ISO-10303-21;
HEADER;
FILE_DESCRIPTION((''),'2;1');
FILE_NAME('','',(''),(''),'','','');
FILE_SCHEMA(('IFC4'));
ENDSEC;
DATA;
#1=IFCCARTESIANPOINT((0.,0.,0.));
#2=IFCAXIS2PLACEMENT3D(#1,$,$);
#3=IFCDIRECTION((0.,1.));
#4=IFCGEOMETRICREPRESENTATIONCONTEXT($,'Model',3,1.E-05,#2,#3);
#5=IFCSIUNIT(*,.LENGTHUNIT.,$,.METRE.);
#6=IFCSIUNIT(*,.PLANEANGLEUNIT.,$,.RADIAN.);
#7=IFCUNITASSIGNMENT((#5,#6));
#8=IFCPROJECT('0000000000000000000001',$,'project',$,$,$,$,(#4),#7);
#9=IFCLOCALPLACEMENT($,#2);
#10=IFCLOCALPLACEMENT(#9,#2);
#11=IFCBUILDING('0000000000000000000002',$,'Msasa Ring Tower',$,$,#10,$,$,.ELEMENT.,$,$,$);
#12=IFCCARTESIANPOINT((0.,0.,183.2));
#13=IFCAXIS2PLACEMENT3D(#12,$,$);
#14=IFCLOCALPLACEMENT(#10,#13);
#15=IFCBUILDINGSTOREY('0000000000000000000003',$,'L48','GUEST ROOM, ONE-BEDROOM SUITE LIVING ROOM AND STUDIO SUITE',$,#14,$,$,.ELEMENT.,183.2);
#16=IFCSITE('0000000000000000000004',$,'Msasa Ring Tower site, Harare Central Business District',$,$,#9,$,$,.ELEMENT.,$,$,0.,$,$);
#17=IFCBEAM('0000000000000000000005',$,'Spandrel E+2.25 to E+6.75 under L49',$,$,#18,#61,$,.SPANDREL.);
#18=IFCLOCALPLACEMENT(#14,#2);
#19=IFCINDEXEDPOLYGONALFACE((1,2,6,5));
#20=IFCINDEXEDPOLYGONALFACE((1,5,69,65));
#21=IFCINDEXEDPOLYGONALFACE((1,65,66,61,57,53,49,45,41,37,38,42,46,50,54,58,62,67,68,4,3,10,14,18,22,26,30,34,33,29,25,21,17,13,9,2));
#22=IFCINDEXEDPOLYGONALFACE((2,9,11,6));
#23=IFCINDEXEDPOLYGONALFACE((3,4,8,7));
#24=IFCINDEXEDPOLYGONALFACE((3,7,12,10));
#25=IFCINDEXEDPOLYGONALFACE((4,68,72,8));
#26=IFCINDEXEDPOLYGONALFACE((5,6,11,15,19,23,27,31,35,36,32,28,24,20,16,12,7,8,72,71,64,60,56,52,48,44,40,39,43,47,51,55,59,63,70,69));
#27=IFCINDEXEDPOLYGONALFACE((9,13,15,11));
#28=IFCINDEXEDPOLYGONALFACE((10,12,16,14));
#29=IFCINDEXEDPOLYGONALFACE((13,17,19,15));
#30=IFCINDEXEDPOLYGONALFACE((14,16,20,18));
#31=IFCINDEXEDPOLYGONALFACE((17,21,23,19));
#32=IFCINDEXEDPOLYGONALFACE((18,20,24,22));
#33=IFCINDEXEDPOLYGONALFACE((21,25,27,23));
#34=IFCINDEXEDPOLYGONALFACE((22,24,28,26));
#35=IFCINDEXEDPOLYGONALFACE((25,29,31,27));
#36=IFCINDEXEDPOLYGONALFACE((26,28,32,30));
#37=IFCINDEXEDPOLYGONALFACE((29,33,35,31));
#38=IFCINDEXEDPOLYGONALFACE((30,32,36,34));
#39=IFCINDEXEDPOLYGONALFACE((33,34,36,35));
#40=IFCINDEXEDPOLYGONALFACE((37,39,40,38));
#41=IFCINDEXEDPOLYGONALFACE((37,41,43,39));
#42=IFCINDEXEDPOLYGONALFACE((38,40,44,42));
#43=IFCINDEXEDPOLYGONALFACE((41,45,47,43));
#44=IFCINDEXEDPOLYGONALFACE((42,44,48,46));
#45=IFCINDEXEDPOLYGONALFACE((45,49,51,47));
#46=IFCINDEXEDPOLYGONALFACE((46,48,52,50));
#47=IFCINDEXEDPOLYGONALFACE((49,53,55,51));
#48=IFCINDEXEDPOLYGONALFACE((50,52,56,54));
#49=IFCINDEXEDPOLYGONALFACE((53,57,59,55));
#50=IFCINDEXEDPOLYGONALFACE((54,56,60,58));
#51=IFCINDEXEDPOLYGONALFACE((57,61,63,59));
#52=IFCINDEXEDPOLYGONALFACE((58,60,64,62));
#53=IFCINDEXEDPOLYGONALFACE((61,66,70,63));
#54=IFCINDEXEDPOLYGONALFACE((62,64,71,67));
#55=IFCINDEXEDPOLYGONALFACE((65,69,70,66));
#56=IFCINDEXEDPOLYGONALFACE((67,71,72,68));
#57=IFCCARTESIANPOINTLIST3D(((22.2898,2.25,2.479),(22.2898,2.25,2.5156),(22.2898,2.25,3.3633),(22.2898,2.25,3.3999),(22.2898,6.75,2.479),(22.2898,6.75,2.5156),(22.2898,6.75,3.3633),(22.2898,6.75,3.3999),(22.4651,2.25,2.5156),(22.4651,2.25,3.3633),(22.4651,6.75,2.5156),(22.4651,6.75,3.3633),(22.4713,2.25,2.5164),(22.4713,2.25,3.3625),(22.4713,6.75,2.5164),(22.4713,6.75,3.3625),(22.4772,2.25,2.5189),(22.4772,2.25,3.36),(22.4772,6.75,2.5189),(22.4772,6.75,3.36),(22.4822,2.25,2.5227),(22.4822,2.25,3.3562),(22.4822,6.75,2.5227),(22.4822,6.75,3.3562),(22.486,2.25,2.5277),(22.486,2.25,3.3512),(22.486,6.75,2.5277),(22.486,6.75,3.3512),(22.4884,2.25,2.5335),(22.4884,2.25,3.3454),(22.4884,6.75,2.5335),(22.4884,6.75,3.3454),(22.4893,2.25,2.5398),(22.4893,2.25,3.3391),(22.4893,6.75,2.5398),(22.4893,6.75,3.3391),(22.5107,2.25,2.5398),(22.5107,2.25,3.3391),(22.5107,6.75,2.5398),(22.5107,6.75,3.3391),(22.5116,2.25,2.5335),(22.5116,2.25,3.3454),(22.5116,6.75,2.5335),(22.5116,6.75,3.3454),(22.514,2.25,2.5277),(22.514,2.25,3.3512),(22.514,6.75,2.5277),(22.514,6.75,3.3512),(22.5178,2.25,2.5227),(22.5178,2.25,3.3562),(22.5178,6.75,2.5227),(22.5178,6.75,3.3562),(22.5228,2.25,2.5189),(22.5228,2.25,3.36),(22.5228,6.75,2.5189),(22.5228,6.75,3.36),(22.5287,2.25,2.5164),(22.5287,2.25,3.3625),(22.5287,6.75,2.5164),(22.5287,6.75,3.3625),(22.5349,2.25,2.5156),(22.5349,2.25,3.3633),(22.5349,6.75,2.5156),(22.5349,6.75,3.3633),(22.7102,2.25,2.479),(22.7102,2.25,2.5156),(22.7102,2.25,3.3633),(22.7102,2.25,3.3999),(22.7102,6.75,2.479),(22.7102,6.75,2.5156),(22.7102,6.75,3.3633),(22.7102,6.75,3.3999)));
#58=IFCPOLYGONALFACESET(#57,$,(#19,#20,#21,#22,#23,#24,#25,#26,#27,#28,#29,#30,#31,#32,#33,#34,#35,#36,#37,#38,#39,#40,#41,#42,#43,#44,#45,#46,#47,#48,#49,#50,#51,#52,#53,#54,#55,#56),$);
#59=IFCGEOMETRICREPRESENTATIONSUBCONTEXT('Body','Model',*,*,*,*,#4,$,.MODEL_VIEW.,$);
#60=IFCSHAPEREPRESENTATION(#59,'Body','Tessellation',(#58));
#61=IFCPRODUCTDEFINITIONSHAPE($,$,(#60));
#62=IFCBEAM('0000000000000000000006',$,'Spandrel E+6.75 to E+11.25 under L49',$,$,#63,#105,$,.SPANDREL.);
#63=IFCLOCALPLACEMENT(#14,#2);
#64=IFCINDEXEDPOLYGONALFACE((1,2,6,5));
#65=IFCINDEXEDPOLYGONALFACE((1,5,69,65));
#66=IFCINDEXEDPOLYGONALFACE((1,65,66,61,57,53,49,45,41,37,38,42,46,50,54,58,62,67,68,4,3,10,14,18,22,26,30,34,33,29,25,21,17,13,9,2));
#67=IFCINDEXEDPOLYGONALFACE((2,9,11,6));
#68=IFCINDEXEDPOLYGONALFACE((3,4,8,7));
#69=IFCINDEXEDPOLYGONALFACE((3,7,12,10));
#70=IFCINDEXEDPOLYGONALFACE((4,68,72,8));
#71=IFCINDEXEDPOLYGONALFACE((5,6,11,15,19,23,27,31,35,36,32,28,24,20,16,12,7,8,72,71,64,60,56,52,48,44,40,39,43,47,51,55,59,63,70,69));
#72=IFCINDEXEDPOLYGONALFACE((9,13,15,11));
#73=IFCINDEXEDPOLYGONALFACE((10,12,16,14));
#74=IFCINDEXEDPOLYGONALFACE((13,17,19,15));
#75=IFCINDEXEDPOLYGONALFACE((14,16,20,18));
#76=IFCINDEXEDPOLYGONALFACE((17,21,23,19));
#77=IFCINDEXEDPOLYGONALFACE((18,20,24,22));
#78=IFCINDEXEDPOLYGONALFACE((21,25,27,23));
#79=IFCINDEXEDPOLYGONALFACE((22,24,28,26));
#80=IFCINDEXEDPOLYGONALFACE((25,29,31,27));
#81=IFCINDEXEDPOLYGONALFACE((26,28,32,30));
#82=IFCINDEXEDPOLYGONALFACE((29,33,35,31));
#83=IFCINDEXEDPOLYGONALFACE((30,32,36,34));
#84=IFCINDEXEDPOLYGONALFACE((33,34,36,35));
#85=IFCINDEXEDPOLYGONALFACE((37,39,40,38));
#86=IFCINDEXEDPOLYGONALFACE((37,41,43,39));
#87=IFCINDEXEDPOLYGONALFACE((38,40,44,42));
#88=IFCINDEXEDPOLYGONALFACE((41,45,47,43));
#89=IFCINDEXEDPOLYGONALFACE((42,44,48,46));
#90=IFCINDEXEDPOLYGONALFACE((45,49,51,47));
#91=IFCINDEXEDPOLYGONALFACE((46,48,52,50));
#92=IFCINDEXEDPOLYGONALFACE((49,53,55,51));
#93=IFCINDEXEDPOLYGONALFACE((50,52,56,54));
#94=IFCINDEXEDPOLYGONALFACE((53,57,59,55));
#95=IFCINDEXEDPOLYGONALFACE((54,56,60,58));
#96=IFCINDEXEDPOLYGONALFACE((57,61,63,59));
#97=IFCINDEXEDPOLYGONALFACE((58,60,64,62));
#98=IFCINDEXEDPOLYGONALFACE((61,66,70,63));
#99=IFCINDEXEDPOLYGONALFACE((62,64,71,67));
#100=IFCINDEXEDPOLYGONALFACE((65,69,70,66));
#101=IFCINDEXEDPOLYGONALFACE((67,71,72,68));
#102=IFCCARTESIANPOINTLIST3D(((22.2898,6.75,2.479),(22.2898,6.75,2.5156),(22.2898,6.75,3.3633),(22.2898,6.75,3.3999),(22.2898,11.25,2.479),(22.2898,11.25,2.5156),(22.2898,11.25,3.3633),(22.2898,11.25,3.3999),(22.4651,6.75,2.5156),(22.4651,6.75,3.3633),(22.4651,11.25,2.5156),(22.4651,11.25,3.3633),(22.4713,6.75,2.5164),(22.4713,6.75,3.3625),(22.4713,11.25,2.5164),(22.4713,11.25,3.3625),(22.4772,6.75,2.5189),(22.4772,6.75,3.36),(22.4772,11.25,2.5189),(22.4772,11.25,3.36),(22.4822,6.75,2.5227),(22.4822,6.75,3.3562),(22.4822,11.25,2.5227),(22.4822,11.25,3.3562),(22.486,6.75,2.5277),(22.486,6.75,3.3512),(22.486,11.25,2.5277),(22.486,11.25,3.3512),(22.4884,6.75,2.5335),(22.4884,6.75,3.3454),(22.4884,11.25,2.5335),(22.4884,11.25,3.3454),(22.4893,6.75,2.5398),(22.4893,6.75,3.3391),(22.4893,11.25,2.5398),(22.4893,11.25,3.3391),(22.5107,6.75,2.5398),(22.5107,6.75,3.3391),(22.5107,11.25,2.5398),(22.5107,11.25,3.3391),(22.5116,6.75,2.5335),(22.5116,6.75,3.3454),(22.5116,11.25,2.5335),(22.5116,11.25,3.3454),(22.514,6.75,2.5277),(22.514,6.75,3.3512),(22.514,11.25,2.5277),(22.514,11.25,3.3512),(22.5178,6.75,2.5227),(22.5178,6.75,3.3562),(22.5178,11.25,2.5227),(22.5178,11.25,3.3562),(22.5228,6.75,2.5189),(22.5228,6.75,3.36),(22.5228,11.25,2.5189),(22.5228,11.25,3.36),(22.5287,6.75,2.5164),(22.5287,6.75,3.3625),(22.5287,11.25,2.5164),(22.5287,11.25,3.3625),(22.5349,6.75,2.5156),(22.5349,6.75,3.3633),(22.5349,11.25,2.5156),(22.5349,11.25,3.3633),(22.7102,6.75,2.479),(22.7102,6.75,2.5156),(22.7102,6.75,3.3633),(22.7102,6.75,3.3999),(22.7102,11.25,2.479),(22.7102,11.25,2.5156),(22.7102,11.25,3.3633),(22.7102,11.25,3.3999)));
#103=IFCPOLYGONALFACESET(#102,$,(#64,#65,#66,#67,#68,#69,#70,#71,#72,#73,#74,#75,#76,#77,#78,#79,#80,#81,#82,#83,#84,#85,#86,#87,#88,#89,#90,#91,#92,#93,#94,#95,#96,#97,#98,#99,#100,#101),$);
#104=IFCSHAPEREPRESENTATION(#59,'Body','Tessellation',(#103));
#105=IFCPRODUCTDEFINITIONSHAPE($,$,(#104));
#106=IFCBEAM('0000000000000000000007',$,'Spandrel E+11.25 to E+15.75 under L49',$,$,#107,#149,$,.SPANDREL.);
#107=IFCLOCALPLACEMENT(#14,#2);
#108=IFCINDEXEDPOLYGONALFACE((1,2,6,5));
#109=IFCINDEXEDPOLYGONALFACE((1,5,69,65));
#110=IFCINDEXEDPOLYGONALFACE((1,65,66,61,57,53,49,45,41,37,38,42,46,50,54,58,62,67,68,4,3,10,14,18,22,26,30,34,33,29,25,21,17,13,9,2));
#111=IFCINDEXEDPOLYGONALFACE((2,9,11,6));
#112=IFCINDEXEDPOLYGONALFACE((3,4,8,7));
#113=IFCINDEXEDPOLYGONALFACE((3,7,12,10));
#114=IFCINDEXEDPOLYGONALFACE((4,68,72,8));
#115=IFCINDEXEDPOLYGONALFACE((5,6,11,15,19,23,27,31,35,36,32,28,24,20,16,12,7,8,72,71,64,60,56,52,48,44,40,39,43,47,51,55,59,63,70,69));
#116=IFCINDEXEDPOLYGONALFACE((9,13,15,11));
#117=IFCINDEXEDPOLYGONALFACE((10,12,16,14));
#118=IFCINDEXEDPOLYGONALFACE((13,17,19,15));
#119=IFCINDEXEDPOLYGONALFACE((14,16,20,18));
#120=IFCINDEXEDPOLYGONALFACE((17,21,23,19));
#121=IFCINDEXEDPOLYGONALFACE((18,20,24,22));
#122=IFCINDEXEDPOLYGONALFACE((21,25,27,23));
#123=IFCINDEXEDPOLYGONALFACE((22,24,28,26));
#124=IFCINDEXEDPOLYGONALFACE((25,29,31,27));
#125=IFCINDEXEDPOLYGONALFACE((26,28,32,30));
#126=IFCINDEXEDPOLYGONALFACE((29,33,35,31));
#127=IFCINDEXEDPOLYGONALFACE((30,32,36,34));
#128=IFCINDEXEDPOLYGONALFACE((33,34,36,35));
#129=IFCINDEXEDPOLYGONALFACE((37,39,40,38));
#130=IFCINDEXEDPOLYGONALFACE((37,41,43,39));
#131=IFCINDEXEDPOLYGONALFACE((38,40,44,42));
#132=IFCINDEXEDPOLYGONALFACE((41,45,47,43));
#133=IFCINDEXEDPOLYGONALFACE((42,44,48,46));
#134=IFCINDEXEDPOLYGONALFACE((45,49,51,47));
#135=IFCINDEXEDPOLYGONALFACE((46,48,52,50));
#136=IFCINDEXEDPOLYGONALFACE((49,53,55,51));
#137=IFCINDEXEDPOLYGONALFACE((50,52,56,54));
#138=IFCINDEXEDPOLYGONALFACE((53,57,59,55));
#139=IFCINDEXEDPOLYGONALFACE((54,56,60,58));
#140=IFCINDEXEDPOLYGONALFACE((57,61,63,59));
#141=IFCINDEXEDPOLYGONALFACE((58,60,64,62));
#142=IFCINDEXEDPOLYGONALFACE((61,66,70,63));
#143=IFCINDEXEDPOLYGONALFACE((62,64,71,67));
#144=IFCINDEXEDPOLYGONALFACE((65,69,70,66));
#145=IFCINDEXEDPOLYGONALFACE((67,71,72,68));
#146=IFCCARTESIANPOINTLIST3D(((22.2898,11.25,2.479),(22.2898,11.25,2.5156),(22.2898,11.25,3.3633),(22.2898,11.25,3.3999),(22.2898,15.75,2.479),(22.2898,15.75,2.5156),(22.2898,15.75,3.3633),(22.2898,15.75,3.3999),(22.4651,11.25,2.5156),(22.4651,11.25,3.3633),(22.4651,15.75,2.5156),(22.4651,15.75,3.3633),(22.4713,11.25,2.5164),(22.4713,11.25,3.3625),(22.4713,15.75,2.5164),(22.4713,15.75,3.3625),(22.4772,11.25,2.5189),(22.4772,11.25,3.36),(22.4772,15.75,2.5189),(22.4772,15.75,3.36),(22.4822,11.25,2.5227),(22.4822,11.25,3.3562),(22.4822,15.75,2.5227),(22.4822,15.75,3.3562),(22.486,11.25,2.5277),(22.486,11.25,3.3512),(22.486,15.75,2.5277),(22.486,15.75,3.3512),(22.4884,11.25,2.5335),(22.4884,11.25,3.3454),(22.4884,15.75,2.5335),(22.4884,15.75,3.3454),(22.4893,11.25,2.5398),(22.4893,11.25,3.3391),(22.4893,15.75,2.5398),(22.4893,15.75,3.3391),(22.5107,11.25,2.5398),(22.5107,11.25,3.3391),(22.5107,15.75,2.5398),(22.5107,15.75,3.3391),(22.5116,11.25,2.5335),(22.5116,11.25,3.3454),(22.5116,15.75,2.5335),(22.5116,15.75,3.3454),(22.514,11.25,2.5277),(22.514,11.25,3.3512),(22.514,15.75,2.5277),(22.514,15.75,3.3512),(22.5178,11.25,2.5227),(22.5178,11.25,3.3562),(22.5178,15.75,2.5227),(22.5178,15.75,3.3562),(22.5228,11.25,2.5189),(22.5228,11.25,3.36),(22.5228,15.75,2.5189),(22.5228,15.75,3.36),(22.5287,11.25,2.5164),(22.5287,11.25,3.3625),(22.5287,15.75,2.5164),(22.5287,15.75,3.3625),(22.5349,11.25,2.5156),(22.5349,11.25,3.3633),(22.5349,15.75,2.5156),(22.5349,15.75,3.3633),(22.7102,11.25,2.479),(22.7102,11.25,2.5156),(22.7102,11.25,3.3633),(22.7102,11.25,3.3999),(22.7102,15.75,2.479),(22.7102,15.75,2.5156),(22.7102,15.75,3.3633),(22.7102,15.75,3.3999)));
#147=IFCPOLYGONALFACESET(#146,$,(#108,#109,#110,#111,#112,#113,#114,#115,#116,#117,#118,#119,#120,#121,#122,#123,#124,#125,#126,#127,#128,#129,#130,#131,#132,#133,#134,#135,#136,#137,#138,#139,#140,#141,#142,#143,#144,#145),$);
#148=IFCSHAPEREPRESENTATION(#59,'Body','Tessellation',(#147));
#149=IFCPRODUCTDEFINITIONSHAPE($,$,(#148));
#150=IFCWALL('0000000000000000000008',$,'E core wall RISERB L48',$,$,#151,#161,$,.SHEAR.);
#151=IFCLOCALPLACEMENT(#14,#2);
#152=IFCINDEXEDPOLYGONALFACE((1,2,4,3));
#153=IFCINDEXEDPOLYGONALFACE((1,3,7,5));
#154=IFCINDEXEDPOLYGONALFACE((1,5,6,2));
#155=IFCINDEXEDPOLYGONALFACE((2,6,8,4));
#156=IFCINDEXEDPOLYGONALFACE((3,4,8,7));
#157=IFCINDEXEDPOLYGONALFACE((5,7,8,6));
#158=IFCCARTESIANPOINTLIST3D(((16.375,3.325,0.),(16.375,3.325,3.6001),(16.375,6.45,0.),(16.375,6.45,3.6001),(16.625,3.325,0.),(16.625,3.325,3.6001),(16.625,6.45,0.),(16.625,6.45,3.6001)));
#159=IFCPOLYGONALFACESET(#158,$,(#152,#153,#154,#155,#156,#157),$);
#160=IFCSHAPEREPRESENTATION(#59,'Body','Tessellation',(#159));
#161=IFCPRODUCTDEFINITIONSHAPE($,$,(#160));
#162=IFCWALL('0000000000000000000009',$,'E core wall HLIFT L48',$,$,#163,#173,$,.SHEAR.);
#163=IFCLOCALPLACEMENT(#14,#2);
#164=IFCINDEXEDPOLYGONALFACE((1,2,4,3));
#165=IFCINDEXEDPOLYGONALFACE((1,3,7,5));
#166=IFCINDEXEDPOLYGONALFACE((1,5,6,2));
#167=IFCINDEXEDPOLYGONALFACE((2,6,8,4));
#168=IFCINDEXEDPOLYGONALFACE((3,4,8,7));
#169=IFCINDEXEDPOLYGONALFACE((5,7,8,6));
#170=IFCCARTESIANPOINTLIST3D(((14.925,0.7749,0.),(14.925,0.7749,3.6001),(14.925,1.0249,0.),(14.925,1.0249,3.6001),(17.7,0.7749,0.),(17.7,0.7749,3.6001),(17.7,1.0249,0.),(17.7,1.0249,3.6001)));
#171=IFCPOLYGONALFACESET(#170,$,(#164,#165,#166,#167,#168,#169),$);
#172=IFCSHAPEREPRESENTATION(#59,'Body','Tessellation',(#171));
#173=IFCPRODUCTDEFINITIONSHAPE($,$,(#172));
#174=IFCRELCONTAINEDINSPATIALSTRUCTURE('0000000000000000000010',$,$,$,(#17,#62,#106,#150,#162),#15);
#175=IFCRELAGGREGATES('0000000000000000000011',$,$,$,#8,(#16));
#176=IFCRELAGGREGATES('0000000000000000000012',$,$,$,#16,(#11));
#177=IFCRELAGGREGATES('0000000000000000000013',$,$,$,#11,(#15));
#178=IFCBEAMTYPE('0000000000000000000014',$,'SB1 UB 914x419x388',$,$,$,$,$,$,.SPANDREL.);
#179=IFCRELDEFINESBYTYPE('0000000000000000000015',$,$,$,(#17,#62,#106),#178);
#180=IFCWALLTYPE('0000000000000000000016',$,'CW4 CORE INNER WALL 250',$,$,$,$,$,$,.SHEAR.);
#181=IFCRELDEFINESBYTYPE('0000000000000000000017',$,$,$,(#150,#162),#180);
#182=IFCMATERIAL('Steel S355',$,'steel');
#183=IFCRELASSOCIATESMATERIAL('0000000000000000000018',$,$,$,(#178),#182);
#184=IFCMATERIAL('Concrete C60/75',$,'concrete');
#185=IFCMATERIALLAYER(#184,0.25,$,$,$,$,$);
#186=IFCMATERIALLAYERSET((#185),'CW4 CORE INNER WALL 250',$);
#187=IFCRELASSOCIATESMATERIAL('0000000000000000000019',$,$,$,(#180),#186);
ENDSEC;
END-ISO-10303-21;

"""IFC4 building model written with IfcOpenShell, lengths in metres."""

from ifc_helpers import new_model, si_unit, direction, frame, frame_2d, origin, origin_2d, place, context, subcontext, project, spatial, rectangle, i_section, extrude, material, layer, layer_set, material_profile, profile_set, type_object, element, save


model = new_model("IFC4")

# Units and contexts
model_context = context("Model", 3, precision=1e-05, world=origin(), true_north=direction((0.0, 1.0)))
body_context = subcontext(model_context, "Body", "Model", "MODEL_VIEW")
ifc_project = project(units=[si_unit("LENGTHUNIT", "METRE"), si_unit("PLANEANGLEUNIT", "RADIAN")], contexts=[model_context])

# Site, building, storey
site_placement = place(None, origin())
site = spatial("IfcSite", under=ifc_project, at=site_placement, Name="Msasa Ring Tower site, Harare Central Business District", CompositionType="ELEMENT", RefElevation=0.0)
building_placement = place(site_placement, origin())
building = spatial("IfcBuilding", under=site, at=building_placement, Name="Msasa Ring Tower", CompositionType="ELEMENT")
storey_placement = place(building_placement, frame((0.0, 0.0, 183.2)))
storey = spatial("IfcBuildingStorey", under=building, at=storey_placement, Name="L48", Description="GUEST ROOM, ONE-BEDROOM SUITE LIVING ROOM AND STUDIO SUITE", CompositionType="ELEMENT", Elevation=183.2)

# Beams
ifc_material_1 = material(Name="Steel S355", Category="steel")
ifc_material_profile_1 = material_profile(ifc_material_1, i_section(OverallWidth=0.4204, OverallDepth=0.9209, WebThickness=0.0215, FlangeThickness=0.0366, FilletRadius=0.0242, at=origin_2d()), Name="UB 914x419x388")
ifc_profile_set_1 = profile_set([ifc_material_profile_1], Name="Steel S355")
beam_type_1 = type_object("IfcBeamType", Name="SB1 UB 914x419x388", PredefinedType="SPANDREL", material=ifc_profile_set_1)
for number, where, z_axis, x_axis, name in (
    (1, (22.5, 2.25, 2.9395), (0.0, 1.0, 0.0), (-1.0, 0.0, 0.0), "Spandrel E+2.25 to E+6.75 under L49"),
    (2, (22.5, 6.75, 2.9395), (0.0, 1.0, 0.0), (-1.0, 0.0, 0.0), "Spandrel E+6.75 to E+11.25 under L49"),
    (3, (22.5, 11.25, 2.9395), (0.0, 1.0, 0.0), (-1.0, 0.0, 0.0), "Spandrel E+11.25 to E+15.75 under L49"),
):
    element("IfcBeam", number, at=place(storey_placement, frame(where, z_axis=z_axis, x_axis=x_axis)), inside=storey, type_object=beam_type_1, Name=name, PredefinedType="SPANDREL", context=body_context, shape_type="SweptSolid", body=[
        extrude(i_section(OverallWidth=0.4204, OverallDepth=0.9209, WebThickness=0.0215, FlangeThickness=0.0366, FilletRadius=0.0242, at=origin_2d()), origin(), (0.0, 0.0, 1.0), 4.5),
    ])

# Walls
ifc_material_2 = material(Name="Concrete C60/75", Category="concrete")
ifc_layer_1 = layer(ifc_material_2, 0.25)
ifc_layer_set_1 = layer_set([ifc_layer_1], Name="CW4 CORE INNER WALL 250")
wall_type_1 = type_object("IfcWallType", Name="CW4 CORE INNER WALL 250", PredefinedType="SHEAR", material=ifc_layer_set_1)
wall_1_placement = place(storey_placement, frame((16.5, 3.325, 0.0), z_axis=(0.0, 0.0, 1.0), x_axis=(0.0, 1.0, 0.0)))
element("IfcWall", 4, at=wall_1_placement, inside=storey, type_object=wall_type_1, Name="E core wall RISERB L48", PredefinedType="SHEAR", context=body_context, shape_type="SweptSolid", body=[
    extrude(rectangle(XDim=3.125, YDim=0.25, at=frame_2d((1.5625, 0.0))), origin(), (0.0, 0.0, 1.0), 3.6001),
])
wall_2_placement = place(storey_placement, frame((14.925, 0.8999, 0.0), z_axis=(0.0, 0.0, 1.0), x_axis=(1.0, 0.0, 0.0)))
element("IfcWall", 5, at=wall_2_placement, inside=storey, type_object=wall_type_1, Name="E core wall HLIFT L48", PredefinedType="SHEAR", context=body_context, shape_type="SweptSolid", body=[
    extrude(rectangle(XDim=2.7749, YDim=0.25, at=frame_2d((1.3875, 0.0))), origin(), (0.0, 0.0, 1.0), 3.6001),
])

save(model, "model.ifc")
